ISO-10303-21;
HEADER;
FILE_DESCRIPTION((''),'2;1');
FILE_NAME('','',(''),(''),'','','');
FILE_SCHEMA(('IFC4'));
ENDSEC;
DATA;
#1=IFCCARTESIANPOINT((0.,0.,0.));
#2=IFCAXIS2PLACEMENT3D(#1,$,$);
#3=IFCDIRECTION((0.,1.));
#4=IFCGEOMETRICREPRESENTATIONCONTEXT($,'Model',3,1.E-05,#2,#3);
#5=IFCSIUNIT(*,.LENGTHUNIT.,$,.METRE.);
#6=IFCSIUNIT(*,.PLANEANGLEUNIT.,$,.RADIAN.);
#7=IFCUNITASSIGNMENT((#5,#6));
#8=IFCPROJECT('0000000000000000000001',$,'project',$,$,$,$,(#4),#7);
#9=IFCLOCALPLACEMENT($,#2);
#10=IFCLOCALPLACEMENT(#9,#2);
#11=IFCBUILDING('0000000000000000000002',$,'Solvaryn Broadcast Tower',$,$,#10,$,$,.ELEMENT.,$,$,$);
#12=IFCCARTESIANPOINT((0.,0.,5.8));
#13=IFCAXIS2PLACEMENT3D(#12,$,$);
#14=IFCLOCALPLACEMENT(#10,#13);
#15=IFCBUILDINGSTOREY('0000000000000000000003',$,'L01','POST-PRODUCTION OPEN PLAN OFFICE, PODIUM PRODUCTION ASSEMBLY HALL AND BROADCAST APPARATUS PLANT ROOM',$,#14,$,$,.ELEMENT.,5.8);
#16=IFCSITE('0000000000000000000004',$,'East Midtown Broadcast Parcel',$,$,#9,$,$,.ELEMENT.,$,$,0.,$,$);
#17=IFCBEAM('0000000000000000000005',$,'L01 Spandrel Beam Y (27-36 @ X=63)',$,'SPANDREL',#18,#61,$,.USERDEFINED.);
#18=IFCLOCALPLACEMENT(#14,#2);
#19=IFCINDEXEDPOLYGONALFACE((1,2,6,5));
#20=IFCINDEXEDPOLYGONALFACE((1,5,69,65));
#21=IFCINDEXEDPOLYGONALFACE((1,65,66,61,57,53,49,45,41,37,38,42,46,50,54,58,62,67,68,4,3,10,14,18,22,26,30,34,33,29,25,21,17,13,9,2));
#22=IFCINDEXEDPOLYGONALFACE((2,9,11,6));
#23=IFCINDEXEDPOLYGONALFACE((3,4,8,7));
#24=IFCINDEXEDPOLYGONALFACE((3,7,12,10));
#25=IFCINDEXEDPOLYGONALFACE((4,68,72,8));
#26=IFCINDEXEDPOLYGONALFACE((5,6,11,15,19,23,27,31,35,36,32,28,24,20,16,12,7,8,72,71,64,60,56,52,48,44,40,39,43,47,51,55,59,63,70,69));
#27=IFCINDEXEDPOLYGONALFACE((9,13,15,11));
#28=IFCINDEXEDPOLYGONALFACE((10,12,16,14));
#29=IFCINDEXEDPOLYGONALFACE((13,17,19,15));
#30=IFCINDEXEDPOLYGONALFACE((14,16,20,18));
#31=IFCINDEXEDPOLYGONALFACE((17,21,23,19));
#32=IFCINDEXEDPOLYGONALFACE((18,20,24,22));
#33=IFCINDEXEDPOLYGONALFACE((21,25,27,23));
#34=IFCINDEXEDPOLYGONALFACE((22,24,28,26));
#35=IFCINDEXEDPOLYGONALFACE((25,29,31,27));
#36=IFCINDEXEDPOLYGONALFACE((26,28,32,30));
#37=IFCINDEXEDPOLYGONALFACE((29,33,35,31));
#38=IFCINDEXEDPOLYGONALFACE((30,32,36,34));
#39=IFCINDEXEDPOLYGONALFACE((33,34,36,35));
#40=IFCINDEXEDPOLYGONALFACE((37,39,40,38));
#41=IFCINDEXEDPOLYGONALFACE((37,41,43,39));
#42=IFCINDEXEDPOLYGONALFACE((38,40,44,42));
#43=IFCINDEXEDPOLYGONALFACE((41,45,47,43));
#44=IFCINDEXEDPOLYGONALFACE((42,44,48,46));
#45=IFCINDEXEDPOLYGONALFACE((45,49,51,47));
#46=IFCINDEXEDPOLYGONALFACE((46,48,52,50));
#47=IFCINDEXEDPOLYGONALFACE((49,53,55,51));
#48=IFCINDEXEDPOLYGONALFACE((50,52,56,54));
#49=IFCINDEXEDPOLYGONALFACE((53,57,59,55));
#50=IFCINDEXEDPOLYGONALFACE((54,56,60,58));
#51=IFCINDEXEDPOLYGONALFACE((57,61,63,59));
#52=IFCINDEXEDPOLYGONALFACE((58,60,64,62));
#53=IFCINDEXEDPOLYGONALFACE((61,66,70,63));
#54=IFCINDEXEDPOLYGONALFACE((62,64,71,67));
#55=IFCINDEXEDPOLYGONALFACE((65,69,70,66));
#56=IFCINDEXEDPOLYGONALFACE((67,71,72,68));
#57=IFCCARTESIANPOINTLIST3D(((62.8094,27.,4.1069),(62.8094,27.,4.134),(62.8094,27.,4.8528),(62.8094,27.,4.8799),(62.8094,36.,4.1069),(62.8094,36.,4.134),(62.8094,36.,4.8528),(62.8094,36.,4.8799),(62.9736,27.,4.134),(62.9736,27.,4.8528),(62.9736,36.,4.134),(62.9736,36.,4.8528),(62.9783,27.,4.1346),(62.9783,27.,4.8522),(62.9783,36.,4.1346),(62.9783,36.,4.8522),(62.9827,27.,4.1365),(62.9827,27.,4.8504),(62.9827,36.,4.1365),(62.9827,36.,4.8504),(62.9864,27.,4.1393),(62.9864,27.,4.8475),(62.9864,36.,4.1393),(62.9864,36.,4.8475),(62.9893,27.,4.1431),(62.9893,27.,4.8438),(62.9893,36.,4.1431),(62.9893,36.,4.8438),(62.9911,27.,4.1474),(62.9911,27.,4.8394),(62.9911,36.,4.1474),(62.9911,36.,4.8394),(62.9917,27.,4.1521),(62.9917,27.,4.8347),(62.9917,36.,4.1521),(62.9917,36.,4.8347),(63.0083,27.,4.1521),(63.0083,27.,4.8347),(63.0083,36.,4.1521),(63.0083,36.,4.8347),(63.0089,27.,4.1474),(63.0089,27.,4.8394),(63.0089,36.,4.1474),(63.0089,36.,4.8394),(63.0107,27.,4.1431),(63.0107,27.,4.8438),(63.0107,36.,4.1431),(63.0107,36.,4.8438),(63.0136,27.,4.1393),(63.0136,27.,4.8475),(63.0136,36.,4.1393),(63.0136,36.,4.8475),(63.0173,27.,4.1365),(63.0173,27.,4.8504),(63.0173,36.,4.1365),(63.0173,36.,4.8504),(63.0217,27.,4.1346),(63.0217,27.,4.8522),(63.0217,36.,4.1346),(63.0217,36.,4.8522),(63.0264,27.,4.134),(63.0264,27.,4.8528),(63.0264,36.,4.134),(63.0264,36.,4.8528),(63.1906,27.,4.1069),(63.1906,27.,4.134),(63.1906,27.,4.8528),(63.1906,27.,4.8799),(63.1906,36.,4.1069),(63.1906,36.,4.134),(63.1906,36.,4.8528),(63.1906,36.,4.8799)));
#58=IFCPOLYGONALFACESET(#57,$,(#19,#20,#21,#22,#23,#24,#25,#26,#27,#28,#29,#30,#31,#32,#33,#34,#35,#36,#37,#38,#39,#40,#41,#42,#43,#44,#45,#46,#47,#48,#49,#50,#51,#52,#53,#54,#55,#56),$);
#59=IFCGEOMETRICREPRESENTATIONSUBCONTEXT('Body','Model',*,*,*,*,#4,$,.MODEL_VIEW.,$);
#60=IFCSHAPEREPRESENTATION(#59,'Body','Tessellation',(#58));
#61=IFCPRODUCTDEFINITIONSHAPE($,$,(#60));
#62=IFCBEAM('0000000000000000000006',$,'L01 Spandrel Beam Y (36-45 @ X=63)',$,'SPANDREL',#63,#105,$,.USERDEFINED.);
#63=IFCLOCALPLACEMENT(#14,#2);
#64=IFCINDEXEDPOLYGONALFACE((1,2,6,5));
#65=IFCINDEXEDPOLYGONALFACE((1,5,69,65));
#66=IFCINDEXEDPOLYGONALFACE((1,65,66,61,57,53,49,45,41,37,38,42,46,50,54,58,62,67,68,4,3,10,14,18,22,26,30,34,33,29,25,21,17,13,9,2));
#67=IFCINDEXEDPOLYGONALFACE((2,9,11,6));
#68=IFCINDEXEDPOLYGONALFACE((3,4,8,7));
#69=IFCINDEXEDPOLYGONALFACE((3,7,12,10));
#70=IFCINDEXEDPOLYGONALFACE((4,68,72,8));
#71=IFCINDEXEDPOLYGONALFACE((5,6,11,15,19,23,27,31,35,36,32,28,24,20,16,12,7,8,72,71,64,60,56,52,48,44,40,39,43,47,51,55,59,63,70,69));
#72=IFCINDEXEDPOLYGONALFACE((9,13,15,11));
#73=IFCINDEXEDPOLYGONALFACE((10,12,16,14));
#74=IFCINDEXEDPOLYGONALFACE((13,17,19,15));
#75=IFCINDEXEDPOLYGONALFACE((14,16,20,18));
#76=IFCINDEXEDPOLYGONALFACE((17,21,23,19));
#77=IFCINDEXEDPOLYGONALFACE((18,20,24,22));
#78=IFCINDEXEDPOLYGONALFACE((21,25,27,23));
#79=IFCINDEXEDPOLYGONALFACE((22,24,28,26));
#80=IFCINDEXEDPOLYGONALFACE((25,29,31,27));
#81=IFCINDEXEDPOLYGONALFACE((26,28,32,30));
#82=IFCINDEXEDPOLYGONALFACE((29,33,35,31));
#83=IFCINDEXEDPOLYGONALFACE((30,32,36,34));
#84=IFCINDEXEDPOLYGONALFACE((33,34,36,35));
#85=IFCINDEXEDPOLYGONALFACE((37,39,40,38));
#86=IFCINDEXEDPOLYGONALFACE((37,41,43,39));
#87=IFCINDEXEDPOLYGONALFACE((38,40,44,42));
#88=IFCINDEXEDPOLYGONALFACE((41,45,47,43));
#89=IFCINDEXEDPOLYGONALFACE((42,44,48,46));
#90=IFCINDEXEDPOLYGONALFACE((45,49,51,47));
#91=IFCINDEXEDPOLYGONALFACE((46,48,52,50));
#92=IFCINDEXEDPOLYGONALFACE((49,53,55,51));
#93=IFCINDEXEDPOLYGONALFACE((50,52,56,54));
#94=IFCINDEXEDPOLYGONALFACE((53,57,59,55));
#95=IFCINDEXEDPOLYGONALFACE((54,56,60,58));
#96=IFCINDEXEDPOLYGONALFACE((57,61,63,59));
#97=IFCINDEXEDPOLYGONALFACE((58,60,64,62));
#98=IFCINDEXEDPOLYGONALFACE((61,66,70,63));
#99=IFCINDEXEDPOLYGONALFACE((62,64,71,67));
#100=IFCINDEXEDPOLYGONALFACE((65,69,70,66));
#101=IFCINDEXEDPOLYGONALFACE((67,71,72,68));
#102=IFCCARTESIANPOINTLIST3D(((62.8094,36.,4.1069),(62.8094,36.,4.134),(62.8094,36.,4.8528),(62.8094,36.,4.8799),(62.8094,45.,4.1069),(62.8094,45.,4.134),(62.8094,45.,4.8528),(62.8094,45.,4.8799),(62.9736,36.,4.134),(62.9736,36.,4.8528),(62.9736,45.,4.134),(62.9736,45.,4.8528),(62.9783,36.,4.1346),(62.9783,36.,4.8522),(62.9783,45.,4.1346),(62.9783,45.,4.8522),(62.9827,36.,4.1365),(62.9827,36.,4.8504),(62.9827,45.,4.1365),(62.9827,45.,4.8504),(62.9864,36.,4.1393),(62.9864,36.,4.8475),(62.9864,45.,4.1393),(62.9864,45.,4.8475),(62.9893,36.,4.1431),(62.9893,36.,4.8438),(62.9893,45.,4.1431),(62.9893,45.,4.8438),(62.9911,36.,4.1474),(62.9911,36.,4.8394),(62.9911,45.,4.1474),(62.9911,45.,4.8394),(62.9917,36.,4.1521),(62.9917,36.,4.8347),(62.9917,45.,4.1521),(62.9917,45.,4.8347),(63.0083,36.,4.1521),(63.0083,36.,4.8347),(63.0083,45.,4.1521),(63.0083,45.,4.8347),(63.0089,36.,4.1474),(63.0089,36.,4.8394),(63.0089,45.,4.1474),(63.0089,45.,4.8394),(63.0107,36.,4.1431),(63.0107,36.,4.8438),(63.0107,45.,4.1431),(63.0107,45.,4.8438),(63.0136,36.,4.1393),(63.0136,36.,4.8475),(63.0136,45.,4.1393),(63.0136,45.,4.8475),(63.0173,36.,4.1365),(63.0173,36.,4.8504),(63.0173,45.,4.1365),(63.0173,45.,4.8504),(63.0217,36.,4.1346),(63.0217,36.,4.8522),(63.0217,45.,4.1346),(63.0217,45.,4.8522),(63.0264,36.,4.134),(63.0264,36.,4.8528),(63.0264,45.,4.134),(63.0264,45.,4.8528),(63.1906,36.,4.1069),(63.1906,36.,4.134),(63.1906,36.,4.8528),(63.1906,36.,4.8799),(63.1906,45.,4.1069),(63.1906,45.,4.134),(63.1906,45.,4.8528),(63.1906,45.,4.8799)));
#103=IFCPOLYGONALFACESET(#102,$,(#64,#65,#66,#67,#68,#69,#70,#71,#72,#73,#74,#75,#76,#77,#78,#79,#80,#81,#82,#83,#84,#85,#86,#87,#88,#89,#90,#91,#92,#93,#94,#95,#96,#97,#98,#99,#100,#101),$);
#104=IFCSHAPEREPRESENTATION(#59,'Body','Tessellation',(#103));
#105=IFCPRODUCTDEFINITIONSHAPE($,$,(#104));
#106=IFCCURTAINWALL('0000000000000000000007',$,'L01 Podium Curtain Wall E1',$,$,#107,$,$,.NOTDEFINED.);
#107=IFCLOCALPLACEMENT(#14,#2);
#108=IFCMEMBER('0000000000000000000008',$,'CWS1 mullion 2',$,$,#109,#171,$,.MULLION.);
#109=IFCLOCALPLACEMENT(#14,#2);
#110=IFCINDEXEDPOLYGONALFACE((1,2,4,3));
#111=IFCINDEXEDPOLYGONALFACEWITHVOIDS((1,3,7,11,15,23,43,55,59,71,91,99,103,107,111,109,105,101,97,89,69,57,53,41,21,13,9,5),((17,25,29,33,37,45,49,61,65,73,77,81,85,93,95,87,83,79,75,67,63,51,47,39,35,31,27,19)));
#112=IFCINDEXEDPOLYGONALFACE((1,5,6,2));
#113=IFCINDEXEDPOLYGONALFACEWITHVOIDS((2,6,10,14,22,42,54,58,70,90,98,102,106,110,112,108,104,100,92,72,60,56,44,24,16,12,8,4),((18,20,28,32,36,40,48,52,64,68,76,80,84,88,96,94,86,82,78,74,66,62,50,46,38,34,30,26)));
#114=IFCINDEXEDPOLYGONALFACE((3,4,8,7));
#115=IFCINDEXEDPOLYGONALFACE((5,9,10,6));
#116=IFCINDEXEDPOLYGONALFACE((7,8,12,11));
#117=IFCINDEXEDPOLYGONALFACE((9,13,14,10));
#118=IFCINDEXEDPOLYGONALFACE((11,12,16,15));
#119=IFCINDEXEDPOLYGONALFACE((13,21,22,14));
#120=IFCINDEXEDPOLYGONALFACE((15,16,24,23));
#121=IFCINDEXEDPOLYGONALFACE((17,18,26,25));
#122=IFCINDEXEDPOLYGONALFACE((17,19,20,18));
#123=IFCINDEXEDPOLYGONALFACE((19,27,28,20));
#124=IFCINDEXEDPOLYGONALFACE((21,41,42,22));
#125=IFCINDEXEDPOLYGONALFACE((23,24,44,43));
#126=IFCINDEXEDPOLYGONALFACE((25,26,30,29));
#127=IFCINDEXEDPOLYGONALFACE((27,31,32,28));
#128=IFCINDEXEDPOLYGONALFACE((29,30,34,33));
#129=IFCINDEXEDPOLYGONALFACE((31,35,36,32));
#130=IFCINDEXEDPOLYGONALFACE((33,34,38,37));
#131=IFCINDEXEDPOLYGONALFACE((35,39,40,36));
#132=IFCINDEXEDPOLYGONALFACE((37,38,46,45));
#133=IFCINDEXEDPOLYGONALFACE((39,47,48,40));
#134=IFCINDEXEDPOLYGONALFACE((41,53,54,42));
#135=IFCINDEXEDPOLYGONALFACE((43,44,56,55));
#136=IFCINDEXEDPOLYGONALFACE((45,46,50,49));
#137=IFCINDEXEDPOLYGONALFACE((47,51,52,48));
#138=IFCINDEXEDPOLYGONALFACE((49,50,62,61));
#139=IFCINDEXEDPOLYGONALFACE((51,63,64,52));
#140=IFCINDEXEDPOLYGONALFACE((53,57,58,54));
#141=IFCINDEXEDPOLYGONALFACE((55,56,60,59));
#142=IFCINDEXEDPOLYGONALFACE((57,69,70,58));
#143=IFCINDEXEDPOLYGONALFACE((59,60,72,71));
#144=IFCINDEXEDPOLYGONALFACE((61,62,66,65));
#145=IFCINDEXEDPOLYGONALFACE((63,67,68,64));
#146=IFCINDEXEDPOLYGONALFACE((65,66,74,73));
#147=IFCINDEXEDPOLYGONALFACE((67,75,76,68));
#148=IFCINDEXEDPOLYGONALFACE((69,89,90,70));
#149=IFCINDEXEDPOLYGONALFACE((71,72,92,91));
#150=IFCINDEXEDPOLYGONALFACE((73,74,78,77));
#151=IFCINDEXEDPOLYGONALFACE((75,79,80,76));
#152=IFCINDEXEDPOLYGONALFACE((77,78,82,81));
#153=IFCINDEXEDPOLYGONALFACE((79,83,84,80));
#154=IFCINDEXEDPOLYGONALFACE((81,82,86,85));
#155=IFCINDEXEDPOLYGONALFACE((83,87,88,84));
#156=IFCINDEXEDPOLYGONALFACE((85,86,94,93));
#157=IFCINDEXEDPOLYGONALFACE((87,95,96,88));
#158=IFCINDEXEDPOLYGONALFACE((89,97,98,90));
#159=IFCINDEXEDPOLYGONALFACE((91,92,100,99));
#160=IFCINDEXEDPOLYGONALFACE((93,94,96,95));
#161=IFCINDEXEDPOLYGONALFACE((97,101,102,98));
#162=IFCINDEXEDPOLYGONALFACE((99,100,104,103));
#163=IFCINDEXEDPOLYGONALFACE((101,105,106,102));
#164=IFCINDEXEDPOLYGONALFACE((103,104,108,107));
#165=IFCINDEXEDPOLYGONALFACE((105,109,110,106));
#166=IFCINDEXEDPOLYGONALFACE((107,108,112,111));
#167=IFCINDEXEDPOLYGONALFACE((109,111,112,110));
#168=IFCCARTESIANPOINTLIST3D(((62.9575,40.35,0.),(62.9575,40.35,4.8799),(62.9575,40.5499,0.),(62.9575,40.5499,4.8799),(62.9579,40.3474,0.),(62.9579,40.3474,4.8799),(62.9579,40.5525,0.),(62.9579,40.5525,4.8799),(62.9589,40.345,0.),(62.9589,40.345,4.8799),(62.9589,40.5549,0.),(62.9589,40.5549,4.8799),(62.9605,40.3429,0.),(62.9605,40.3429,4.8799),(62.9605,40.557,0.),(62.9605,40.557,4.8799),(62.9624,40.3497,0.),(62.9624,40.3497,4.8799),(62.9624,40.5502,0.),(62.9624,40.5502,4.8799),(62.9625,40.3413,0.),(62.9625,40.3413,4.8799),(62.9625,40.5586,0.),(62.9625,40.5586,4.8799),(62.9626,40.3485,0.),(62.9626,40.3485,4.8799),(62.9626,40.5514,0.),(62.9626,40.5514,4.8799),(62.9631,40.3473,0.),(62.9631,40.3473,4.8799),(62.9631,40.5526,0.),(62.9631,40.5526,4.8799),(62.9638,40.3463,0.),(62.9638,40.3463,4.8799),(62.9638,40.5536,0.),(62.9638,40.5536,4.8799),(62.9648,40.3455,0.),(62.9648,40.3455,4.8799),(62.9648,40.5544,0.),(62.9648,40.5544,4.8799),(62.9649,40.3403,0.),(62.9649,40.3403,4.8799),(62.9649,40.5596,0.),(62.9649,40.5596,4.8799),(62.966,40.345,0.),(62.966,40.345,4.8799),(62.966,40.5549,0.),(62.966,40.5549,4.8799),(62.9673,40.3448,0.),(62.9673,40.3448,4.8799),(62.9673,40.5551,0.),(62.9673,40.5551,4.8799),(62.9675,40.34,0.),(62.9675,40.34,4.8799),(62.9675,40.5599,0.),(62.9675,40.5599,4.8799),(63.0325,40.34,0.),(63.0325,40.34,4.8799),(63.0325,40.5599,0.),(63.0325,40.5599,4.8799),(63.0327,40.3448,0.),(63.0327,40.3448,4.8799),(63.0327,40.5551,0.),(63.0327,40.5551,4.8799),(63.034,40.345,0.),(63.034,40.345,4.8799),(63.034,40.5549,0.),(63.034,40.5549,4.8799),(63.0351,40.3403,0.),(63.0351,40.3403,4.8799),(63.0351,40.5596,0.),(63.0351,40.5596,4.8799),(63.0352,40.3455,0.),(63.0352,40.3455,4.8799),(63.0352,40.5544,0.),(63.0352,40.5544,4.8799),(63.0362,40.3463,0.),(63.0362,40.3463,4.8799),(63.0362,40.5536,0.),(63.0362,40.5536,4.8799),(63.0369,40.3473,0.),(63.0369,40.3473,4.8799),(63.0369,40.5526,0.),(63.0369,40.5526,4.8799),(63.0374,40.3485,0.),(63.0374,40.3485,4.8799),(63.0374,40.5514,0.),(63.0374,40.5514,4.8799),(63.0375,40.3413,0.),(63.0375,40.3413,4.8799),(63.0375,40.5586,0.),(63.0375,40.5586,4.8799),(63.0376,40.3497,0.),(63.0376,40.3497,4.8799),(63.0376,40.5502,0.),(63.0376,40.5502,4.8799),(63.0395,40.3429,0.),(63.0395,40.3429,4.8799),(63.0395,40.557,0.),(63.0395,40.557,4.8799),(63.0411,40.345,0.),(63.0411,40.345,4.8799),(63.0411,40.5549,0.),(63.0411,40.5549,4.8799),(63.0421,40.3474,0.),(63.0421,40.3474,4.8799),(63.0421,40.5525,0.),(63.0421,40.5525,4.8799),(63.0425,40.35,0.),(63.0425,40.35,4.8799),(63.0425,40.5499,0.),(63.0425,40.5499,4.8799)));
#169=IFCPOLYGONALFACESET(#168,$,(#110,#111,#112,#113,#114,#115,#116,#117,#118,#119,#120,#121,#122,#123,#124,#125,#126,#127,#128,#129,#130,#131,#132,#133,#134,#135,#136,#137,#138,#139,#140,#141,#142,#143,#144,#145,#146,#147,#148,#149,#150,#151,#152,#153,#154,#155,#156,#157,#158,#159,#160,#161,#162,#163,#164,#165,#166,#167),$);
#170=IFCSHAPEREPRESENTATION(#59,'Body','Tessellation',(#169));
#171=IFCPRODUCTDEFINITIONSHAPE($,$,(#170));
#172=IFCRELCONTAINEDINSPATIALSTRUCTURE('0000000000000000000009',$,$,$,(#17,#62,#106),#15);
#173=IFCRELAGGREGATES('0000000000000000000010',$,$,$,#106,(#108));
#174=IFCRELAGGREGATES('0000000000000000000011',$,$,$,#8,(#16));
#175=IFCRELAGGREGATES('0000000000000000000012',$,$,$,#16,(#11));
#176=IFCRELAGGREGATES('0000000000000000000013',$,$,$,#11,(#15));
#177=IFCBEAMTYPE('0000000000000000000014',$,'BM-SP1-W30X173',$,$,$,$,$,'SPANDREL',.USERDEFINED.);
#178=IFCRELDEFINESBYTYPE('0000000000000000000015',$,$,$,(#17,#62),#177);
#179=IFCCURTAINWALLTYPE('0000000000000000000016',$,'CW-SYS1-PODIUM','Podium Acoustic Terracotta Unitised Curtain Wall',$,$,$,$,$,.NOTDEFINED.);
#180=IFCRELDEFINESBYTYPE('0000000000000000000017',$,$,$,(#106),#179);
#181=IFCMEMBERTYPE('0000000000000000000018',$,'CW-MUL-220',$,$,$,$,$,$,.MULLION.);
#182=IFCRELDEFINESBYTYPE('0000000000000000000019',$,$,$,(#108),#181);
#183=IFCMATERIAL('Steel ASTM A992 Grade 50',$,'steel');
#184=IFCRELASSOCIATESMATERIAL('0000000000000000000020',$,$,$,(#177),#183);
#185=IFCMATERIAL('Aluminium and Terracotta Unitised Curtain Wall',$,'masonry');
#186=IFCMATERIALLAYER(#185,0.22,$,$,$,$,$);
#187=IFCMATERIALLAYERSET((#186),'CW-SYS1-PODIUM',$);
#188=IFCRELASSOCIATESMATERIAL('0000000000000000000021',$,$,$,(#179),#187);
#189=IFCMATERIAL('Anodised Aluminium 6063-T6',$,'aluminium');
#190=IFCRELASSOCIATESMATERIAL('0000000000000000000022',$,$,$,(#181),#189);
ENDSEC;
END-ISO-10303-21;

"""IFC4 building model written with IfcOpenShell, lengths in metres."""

from ifc_helpers import new_model, si_unit, direction, frame, origin, origin_2d, place, context, subcontext, project, spatial, hollow_rectangle, i_section, extrude, material, layer, layer_set, material_profile, profile_set, type_object, element, aggregate, save


model = new_model("IFC4")

# Units and contexts
model_context = context("Model", 3, precision=1e-05, world=origin(), true_north=direction((0.0, 1.0)))
body_context = subcontext(model_context, "Body", "Model", "MODEL_VIEW")
ifc_project = project(units=[si_unit("LENGTHUNIT", "METRE"), si_unit("PLANEANGLEUNIT", "RADIAN")], contexts=[model_context])

# Site, building, storey
site_placement = place(None, origin())
site = spatial("IfcSite", under=ifc_project, at=site_placement, Name="East Midtown Broadcast Parcel", CompositionType="ELEMENT", RefElevation=0.0)
building_placement = place(site_placement, origin())
building = spatial("IfcBuilding", under=site, at=building_placement, Name="Solvaryn Broadcast Tower", CompositionType="ELEMENT")
storey_placement = place(building_placement, frame((0.0, 0.0, 5.8)))
storey = spatial("IfcBuildingStorey", under=building, at=storey_placement, Name="L01", Description="POST-PRODUCTION OPEN PLAN OFFICE, PODIUM PRODUCTION ASSEMBLY HALL AND BROADCAST APPARATUS PLANT ROOM", CompositionType="ELEMENT", Elevation=5.8)

# Beams
ifc_material_1 = material(Name="Steel ASTM A992 Grade 50", Category="steel")
ifc_material_profile_1 = material_profile(ifc_material_1, i_section(OverallWidth=0.3811, OverallDepth=0.7729, WebThickness=0.0166, FlangeThickness=0.0271, FilletRadius=0.0181, at=origin_2d()))
ifc_profile_set_1 = profile_set([ifc_material_profile_1], Name="Steel ASTM A992 Grade 50")
beam_type_1 = type_object("IfcBeamType", Name="BM-SP1-W30X173", ElementType="SPANDREL", PredefinedType="USERDEFINED", material=ifc_profile_set_1)
for number, where, z_axis, x_axis, name in (
    (1, (63.0, 27.0, 4.4934), (0.0, 1.0, 0.0), (-1.0, 0.0, 0.0), "L01 Spandrel Beam Y (27-36 @ X=63)"),
    (2, (63.0, 36.0, 4.4934), (0.0, 1.0, 0.0), (-1.0, 0.0, 0.0), "L01 Spandrel Beam Y (36-45 @ X=63)"),
):
    element("IfcBeam", number, at=place(storey_placement, frame(where, z_axis=z_axis, x_axis=x_axis)), inside=storey, type_object=beam_type_1, Name=name, ObjectType="SPANDREL", PredefinedType="USERDEFINED", context=body_context, shape_type="SweptSolid", body=[
        extrude(i_section(OverallWidth=0.3811, OverallDepth=0.7729, WebThickness=0.0166, FlangeThickness=0.0271, FilletRadius=0.0181, at=origin_2d()), origin(), (0.0, 0.0, 1.0), 9.0),
    ])

# Curtain wall, member
ifc_material_2 = material(Name="Aluminium and Terracotta Unitised Curtain Wall", Category="masonry")
ifc_layer_1 = layer(ifc_material_2, 0.22)
ifc_layer_set_1 = layer_set([ifc_layer_1], Name="CW-SYS1-PODIUM")
curtain_wall_type = type_object("IfcCurtainWallType", Name="CW-SYS1-PODIUM", Description="Podium Acoustic Terracotta Unitised Curtain Wall", PredefinedType="NOTDEFINED", material=ifc_layer_set_1)
curtain_wall_1_placement = place(storey_placement, origin())
curtain_wall_1 = element("IfcCurtainWall", 3, at=curtain_wall_1_placement, inside=storey, type_object=curtain_wall_type, Name="L01 Podium Curtain Wall E1", PredefinedType="NOTDEFINED")
ifc_material_3 = material(Name="Anodised Aluminium 6063-T6", Category="aluminium")
ifc_material_profile_2 = material_profile(ifc_material_3, hollow_rectangle(XDim=0.085, YDim=0.22, WallThickness=0.0049, InnerFilletRadius=0.0049, OuterFilletRadius=0.01, at=origin_2d()))
ifc_profile_set_2 = profile_set([ifc_material_profile_2], Name="Anodised Aluminium 6063-T6")
member_type_1 = type_object("IfcMemberType", Name="CW-MUL-220", PredefinedType="MULLION", material=ifc_profile_set_2)
member_1_placement = place(storey_placement, frame((63.0, 40.45, 0.0), z_axis=(0.0, 0.0, 1.0), x_axis=(1.0, 0.0, 0.0)))
member_1 = element("IfcMember", 4, at=member_1_placement, type_object=member_type_1, Name="CWS1 mullion 2", PredefinedType="MULLION", context=body_context, shape_type="SweptSolid", body=[
    extrude(hollow_rectangle(XDim=0.085, YDim=0.22, WallThickness=0.0049, InnerFilletRadius=0.0049, OuterFilletRadius=0.01, at=origin_2d()), origin(), (0.0, 0.0, 1.0), 4.8799),
])

aggregate(curtain_wall_1, [member_1])

save(model, "model.ifc")
